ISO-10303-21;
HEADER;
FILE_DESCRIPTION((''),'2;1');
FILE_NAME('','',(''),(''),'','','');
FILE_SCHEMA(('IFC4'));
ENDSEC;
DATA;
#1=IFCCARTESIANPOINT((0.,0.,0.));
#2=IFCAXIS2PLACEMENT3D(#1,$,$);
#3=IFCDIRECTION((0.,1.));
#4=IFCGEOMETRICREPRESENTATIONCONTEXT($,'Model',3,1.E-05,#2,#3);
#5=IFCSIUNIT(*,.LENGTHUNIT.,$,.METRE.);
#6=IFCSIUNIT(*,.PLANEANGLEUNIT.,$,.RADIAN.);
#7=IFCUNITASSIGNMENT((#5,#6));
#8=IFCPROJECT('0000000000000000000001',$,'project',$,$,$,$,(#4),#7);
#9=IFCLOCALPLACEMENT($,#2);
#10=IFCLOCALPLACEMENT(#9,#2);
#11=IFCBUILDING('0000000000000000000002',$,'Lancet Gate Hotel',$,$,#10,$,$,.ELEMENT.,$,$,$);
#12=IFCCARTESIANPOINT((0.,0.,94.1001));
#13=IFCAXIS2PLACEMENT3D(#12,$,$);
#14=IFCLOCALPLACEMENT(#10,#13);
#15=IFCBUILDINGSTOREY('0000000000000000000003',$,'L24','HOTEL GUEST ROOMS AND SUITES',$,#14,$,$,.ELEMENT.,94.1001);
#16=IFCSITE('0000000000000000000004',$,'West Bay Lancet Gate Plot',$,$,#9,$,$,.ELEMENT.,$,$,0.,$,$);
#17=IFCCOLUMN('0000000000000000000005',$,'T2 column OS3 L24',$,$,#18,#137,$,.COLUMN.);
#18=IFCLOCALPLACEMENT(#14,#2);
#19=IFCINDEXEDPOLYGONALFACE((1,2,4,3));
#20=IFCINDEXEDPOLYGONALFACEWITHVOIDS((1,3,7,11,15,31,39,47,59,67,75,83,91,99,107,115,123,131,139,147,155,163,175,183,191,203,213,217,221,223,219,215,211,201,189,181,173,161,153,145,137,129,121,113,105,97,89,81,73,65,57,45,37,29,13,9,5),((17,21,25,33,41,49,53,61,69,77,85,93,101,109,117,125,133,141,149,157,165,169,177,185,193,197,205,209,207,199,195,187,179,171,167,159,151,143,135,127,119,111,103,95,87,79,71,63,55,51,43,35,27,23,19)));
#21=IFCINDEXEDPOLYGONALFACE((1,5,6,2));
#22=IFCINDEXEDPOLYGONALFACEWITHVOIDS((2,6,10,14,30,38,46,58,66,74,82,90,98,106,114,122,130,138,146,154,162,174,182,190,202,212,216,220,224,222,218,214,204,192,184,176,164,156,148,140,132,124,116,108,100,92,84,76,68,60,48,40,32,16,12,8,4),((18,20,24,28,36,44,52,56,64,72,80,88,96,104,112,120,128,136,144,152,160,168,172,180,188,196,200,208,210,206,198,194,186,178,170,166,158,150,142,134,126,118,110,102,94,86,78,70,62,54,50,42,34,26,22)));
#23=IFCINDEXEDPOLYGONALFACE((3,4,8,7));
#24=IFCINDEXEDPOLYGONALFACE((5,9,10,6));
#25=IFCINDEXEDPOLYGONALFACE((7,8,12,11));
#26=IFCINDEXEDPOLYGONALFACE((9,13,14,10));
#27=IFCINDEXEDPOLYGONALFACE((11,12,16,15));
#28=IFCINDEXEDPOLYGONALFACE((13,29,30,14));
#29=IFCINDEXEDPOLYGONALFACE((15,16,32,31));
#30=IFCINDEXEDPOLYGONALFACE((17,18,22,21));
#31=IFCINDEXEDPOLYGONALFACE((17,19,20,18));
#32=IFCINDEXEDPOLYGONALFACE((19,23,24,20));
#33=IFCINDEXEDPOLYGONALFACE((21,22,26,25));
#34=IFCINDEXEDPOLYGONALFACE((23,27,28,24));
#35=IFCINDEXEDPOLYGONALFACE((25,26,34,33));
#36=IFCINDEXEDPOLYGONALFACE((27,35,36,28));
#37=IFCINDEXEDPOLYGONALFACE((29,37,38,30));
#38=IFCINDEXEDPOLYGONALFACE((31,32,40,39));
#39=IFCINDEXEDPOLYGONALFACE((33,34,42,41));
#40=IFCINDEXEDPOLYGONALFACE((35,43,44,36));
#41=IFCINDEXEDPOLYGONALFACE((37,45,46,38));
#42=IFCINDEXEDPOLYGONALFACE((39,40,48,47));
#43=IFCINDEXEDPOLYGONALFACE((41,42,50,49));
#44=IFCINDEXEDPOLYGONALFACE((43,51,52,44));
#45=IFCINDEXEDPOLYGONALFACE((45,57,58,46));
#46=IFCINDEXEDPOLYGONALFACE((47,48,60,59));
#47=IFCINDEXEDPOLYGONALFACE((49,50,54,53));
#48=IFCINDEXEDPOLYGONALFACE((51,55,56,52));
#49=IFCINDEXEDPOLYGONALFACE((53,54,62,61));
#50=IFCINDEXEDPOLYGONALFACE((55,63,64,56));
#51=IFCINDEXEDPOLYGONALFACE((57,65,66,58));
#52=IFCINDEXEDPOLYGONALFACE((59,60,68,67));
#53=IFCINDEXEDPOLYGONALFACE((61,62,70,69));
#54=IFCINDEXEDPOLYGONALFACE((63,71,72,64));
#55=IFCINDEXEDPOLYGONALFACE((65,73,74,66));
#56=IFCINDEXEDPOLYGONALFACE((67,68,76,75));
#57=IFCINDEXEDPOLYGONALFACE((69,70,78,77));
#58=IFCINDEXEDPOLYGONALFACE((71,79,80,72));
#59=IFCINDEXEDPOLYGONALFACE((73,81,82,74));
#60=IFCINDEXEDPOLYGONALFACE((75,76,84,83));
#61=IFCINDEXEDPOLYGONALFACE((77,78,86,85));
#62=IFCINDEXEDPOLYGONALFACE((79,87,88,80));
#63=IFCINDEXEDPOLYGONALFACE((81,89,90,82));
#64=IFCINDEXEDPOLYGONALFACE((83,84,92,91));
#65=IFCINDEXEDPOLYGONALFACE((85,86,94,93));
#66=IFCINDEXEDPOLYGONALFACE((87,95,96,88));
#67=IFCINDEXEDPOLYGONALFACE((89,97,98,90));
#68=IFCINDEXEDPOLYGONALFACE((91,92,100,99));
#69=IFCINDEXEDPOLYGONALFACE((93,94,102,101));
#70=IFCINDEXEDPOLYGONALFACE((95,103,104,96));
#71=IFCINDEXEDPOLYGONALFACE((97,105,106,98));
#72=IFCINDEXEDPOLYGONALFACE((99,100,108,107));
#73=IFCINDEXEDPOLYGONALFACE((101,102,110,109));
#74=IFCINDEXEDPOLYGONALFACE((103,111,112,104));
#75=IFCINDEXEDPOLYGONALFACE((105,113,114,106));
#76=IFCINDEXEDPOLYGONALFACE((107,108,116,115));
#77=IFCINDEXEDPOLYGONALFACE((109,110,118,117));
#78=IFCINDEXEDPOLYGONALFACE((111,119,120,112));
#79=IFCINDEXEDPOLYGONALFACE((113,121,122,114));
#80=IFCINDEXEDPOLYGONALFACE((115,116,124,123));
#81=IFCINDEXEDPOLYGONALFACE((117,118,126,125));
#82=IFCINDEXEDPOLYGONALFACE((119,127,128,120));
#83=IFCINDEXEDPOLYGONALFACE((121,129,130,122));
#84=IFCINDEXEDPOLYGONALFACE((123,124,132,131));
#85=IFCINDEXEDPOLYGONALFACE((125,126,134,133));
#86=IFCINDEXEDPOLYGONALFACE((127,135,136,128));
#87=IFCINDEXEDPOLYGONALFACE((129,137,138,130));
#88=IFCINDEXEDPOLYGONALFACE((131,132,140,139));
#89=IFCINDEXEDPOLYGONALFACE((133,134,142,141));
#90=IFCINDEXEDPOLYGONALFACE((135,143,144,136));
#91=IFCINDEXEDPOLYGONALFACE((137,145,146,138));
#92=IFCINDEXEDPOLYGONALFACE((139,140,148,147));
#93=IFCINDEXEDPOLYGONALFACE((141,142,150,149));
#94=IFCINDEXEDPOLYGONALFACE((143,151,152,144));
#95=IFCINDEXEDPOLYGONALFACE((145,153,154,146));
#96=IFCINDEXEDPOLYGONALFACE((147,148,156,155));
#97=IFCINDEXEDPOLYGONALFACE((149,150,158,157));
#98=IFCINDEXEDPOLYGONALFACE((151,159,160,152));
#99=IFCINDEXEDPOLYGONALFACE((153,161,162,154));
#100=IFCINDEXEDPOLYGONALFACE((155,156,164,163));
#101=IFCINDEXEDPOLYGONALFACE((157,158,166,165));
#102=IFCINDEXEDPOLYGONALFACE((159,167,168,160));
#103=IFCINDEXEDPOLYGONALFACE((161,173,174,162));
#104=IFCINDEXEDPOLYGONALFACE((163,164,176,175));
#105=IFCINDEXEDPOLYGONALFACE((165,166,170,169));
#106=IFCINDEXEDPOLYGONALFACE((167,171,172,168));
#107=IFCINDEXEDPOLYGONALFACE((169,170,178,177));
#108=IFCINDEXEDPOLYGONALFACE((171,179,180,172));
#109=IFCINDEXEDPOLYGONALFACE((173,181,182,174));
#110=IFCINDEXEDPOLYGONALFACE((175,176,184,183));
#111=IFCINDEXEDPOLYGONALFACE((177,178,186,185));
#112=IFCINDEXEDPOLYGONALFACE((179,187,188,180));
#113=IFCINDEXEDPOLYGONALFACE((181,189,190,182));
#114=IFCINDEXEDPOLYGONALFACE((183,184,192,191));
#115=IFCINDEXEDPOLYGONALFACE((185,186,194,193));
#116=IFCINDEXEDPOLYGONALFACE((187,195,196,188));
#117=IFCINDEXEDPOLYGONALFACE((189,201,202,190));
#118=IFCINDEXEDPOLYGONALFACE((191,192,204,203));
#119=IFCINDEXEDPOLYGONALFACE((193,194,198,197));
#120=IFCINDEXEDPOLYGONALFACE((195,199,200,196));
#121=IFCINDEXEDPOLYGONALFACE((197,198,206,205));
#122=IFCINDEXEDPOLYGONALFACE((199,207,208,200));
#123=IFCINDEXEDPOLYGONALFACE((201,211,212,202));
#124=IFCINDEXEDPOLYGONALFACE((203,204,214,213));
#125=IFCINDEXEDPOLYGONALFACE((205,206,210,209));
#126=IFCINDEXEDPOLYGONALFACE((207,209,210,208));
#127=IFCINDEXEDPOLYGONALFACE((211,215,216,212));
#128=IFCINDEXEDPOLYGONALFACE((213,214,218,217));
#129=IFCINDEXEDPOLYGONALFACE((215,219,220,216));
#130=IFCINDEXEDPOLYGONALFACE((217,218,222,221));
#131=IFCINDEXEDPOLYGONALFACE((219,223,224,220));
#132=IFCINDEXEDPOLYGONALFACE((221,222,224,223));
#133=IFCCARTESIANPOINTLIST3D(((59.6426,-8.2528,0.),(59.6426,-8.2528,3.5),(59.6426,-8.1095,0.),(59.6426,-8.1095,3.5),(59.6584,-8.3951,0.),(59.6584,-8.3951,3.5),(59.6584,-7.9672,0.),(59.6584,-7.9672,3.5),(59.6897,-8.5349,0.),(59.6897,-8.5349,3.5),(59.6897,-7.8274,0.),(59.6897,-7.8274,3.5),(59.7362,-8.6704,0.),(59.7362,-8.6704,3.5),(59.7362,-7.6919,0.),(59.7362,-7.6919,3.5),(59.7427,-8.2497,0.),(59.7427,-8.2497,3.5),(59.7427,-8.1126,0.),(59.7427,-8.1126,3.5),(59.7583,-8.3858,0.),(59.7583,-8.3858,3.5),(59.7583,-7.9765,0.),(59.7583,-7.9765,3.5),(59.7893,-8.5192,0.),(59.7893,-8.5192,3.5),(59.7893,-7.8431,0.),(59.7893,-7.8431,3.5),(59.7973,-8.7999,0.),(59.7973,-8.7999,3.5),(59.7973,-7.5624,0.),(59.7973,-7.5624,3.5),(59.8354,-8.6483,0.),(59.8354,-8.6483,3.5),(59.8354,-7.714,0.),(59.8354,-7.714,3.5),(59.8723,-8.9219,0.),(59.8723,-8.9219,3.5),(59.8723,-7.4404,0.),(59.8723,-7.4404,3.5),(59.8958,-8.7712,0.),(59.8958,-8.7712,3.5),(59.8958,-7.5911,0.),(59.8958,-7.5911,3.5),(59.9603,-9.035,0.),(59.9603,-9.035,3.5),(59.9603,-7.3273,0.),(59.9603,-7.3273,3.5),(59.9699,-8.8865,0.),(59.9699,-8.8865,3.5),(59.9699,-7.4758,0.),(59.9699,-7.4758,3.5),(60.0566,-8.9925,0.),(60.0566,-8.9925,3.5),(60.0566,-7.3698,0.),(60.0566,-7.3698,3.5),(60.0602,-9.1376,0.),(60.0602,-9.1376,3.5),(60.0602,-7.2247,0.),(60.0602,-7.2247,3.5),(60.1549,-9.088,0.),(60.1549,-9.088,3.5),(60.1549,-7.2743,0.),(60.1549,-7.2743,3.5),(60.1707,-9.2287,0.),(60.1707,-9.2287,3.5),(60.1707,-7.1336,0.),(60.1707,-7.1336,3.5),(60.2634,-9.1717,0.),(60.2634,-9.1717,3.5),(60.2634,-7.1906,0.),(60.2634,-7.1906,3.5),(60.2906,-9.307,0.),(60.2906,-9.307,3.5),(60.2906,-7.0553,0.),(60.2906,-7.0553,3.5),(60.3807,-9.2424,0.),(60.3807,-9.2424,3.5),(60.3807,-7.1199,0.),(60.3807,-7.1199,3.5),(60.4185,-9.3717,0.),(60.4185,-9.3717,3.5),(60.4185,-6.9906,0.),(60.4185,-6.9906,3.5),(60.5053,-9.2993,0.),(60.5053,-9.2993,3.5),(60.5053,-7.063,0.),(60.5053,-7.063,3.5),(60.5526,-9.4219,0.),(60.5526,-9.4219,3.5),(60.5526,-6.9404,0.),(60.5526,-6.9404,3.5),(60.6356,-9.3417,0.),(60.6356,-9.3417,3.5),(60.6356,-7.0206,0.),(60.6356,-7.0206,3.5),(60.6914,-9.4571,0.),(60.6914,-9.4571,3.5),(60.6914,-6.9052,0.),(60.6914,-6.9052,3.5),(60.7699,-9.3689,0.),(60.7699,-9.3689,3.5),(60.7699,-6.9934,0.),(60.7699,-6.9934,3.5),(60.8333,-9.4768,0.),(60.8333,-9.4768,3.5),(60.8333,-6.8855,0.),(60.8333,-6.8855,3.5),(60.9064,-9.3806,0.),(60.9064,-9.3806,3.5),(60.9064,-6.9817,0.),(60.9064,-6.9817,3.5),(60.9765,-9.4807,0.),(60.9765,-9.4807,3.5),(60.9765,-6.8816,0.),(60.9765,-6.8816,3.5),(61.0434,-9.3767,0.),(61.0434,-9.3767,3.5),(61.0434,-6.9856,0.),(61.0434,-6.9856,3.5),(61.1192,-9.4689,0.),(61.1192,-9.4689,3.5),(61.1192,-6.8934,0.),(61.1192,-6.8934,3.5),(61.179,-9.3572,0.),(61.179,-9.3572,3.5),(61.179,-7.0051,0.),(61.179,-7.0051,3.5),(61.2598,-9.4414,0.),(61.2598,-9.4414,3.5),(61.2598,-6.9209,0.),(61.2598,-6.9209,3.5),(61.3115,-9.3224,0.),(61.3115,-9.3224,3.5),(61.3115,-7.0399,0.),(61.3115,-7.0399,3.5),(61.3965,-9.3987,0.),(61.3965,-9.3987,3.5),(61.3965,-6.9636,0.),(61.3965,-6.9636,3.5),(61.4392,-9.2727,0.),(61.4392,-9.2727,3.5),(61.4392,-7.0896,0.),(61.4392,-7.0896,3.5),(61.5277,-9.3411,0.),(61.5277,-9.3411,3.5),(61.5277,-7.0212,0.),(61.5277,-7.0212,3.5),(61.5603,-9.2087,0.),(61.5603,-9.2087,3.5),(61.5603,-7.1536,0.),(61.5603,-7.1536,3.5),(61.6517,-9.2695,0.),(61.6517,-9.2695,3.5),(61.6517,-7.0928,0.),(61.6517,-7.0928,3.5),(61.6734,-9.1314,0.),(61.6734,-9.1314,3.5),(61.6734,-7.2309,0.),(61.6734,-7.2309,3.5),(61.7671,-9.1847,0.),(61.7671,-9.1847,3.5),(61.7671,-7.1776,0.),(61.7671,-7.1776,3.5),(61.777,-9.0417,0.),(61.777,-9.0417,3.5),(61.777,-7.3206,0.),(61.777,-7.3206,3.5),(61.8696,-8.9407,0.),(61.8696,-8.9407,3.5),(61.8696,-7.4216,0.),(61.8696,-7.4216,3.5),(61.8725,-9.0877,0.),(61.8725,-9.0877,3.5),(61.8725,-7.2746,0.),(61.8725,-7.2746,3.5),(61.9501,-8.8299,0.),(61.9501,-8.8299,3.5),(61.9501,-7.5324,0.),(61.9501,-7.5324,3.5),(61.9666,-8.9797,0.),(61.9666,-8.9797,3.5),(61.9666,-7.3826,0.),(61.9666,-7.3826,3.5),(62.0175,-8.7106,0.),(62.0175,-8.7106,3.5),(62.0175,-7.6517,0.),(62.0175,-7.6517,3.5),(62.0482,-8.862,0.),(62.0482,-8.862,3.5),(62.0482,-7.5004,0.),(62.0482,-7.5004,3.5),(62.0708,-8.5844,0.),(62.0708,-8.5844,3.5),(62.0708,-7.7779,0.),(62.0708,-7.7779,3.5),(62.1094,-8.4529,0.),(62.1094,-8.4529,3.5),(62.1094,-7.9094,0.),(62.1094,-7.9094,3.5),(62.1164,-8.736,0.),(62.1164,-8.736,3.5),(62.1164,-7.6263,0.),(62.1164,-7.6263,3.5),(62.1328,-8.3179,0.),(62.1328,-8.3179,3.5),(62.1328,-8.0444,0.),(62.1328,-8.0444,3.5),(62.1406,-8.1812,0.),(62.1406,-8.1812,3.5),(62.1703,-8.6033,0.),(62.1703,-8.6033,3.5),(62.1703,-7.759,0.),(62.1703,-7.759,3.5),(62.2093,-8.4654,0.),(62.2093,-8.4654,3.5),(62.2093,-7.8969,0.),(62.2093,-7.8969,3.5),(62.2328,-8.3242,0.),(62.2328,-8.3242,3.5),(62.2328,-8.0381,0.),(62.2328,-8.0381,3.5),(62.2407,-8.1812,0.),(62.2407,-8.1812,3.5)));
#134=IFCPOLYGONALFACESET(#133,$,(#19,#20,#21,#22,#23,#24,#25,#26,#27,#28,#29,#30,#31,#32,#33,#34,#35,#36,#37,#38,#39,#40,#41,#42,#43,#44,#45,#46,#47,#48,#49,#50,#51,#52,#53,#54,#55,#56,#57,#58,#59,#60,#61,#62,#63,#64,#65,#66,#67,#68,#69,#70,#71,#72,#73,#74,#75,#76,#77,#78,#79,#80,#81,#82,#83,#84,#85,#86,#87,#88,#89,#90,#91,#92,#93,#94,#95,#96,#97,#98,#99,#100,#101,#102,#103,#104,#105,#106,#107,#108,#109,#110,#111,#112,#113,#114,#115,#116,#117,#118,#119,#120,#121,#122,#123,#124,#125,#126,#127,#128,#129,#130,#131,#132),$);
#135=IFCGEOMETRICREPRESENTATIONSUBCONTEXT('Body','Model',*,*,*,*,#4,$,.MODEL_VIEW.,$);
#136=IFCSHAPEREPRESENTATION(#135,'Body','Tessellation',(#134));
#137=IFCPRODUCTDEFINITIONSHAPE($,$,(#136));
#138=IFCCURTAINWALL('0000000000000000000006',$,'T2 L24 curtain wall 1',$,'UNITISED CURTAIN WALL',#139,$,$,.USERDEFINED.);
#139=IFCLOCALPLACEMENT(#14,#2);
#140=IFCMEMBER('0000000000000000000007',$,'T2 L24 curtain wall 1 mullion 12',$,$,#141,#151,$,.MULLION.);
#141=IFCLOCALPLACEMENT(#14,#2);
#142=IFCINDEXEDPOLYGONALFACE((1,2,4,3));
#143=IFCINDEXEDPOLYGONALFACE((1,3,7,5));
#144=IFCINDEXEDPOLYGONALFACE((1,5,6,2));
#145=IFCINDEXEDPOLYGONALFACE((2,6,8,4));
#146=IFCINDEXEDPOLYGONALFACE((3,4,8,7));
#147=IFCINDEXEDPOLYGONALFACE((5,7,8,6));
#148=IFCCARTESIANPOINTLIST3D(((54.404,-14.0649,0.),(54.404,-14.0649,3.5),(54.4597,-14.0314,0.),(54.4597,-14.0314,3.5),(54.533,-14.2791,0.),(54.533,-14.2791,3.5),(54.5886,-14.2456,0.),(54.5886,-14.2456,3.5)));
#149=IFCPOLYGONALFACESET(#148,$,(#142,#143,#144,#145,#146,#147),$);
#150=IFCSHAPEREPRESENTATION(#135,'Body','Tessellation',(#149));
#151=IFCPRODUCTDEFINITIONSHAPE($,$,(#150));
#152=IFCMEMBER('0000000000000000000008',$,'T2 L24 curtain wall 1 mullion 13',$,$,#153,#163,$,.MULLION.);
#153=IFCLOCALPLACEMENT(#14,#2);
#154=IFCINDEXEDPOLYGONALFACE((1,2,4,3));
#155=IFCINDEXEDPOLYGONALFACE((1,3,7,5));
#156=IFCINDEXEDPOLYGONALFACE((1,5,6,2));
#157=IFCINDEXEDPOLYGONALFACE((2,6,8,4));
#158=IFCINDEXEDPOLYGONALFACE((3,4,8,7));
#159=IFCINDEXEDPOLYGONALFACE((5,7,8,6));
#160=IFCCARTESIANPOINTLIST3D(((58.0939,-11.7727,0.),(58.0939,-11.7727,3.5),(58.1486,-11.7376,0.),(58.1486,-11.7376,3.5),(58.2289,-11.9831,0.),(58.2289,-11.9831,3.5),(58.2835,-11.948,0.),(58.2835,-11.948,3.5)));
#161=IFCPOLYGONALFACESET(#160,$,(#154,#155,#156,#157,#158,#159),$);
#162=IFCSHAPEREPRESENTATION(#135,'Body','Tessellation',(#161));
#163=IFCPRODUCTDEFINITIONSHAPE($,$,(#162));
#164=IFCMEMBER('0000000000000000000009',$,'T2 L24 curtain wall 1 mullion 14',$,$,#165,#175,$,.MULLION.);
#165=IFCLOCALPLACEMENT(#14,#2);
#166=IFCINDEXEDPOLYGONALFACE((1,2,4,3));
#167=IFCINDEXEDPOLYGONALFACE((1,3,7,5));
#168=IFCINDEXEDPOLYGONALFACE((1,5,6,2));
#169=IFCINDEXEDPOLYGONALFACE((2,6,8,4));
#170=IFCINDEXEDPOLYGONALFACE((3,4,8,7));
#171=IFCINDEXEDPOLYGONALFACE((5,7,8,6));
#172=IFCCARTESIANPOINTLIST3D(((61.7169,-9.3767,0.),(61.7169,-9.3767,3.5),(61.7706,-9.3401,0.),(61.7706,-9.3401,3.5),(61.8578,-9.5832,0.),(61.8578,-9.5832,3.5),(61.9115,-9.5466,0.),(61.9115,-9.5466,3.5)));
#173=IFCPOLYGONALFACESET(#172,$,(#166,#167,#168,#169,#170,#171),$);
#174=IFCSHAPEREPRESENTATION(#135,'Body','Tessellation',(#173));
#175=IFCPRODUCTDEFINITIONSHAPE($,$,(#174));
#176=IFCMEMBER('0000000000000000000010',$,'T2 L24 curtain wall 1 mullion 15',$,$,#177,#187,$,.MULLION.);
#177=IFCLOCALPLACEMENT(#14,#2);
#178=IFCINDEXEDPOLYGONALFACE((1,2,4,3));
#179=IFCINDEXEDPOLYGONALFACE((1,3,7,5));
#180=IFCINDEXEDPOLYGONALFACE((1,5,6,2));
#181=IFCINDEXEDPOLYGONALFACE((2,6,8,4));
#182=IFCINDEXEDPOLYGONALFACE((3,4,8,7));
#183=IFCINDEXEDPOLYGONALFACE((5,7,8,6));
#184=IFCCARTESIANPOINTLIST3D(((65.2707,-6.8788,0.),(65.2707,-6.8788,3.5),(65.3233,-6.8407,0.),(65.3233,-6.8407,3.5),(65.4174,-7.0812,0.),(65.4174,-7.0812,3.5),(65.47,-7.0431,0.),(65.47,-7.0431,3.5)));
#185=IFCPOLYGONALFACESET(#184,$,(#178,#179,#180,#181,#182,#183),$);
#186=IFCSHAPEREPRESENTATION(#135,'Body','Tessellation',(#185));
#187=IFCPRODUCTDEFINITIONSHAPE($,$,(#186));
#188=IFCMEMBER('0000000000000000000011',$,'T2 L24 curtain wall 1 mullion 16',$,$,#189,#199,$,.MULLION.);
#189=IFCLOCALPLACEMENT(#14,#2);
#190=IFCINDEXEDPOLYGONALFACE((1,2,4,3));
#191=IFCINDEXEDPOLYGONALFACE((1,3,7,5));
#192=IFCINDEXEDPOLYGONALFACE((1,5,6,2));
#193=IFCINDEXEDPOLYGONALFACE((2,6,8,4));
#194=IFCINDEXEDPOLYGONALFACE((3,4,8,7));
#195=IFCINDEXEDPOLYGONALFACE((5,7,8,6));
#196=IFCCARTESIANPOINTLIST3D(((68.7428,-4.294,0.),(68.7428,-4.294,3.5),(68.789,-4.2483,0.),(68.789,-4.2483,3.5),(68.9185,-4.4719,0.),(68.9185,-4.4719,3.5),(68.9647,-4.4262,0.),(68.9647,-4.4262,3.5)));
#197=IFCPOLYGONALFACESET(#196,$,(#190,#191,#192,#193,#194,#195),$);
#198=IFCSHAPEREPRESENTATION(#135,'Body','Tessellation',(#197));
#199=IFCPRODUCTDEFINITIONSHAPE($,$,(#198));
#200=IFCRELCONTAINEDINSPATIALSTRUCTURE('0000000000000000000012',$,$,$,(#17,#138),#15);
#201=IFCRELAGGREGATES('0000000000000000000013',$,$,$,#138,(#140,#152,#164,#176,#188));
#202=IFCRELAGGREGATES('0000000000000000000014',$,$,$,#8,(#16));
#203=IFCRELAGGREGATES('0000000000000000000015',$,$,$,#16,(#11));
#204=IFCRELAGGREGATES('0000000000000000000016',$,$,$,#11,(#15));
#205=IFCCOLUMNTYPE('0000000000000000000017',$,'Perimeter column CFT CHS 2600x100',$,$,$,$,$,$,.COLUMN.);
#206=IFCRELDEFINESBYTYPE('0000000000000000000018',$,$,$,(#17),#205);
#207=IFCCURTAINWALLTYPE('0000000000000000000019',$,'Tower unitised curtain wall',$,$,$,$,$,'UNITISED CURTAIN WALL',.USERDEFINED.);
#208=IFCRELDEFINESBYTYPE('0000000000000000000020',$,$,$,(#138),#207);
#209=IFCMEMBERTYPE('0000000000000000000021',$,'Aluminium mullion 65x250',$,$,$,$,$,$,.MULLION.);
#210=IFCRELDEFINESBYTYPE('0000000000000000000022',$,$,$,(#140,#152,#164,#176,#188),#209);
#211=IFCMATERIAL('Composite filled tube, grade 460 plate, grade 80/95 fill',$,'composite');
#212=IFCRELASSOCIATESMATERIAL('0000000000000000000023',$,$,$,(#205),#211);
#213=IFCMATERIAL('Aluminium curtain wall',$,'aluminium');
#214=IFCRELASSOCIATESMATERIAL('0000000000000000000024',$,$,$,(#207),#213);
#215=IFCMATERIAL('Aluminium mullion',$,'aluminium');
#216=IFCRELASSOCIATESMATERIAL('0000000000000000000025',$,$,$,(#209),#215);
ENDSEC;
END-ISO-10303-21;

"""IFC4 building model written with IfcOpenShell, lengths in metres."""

from ifc_helpers import new_model, si_unit, direction, frame, origin, origin_2d, place, context, subcontext, project, spatial, rectangle, hollow_circle, extrude, material, material_profile, profile_set, type_object, element, aggregate, save


model = new_model("IFC4")

# Units and contexts
model_context = context("Model", 3, precision=1e-05, world=origin(), true_north=direction((0.0, 1.0)))
body_context = subcontext(model_context, "Body", "Model", "MODEL_VIEW")
ifc_project = project(units=[si_unit("LENGTHUNIT", "METRE"), si_unit("PLANEANGLEUNIT", "RADIAN")], contexts=[model_context])

# Site, building, storey
site_placement = place(None, origin())
site = spatial("IfcSite", under=ifc_project, at=site_placement, Name="West Bay Lancet Gate Plot", CompositionType="ELEMENT", RefElevation=0.0)
building_placement = place(site_placement, origin())
building = spatial("IfcBuilding", under=site, at=building_placement, Name="Lancet Gate Hotel", CompositionType="ELEMENT")
storey_placement = place(building_placement, frame((0.0, 0.0, 94.1001)))
storey = spatial("IfcBuildingStorey", under=building, at=storey_placement, Name="L24", Description="HOTEL GUEST ROOMS AND SUITES", CompositionType="ELEMENT", Elevation=94.1001)

# Column
ifc_material_1 = material(Name="Composite filled tube, grade 460 plate, grade 80/95 fill", Category="composite")
ifc_material_profile_1 = material_profile(ifc_material_1, hollow_circle(Radius=1.3, WallThickness=0.1001, at=origin_2d()), Name="CHS 2600x100")
ifc_profile_set_1 = profile_set([ifc_material_profile_1], Name="Composite filled tube, grade 460 plate, grade 80/95 fill")
column_type = type_object("IfcColumnType", Name="Perimeter column CFT CHS 2600x100", PredefinedType="COLUMN", material=ifc_profile_set_1)
column_placement = place(storey_placement, frame((60.9407, -8.1812, 0.0), z_axis=(0.0, 0.0, 1.0), x_axis=(1.0, 0.0, 0.0)))
element("IfcColumn", 1, at=column_placement, inside=storey, type_object=column_type, Name="T2 column OS3 L24", PredefinedType="COLUMN", context=body_context, shape_type="SweptSolid", body=[
    extrude(hollow_circle(Radius=1.3, WallThickness=0.1001, at=origin_2d()), origin(), (0.0, 0.0, 1.0), 3.5),
])

# Curtain wall, members
ifc_material_2 = material(Name="Aluminium curtain wall", Category="aluminium")
curtain_wall_type = type_object("IfcCurtainWallType", Name="Tower unitised curtain wall", ElementType="UNITISED CURTAIN WALL", PredefinedType="USERDEFINED", material=ifc_material_2)
curtain_wall_placement = place(storey_placement, origin())
curtain_wall = element("IfcCurtainWall", 2, at=curtain_wall_placement, inside=storey, type_object=curtain_wall_type, Name="T2 L24 curtain wall 1", ObjectType="UNITISED CURTAIN WALL", PredefinedType="USERDEFINED")
ifc_material_3 = material(Name="Aluminium mullion", Category="aluminium")
ifc_material_profile_2 = material_profile(ifc_material_3, rectangle(XDim=0.0649, YDim=0.25, at=origin_2d()), Name="MULLION 65x250")
ifc_profile_set_2 = profile_set([ifc_material_profile_2], Name="Aluminium mullion")
member_type_1 = type_object("IfcMemberType", Name="Aluminium mullion 65x250", PredefinedType="MULLION", material=ifc_profile_set_2)
member_1_placement = place(storey_placement, frame((54.4963, -14.1553, 0.0), z_axis=(0.0, 0.0, 1.0), x_axis=(0.856728, 0.515768, 0.0)))
member_1 = element("IfcMember", 3, at=member_1_placement, type_object=member_type_1, Name="T2 L24 curtain wall 1 mullion 12", PredefinedType="MULLION", context=body_context, shape_type="SweptSolid", body=[
    extrude(rectangle(XDim=0.0649, YDim=0.25, at=origin_2d()), origin(), (0.0, 0.0, 1.0), 3.5),
])
member_2_placement = place(storey_placement, frame((58.1887, -11.8604, 0.0), z_axis=(0.0, 0.0, 1.0), x_axis=(0.841736, 0.539889, 0.0)))
member_2 = element("IfcMember", 4, at=member_2_placement, type_object=member_type_1, Name="T2 L24 curtain wall 1 mullion 13", PredefinedType="MULLION", context=body_context, shape_type="SweptSolid", body=[
    extrude(rectangle(XDim=0.0649, YDim=0.25, at=origin_2d()), origin(), (0.0, 0.0, 1.0), 3.5),
])
member_3_placement = place(storey_placement, frame((61.8142, -9.4617, 0.0), z_axis=(0.0, 0.0, 1.0), x_axis=(0.826066, 0.563574, 0.0)))
member_3 = element("IfcMember", 5, at=member_3_placement, type_object=member_type_1, Name="T2 L24 curtain wall 1 mullion 14", PredefinedType="MULLION", context=body_context, shape_type="SweptSolid", body=[
    extrude(rectangle(XDim=0.0649, YDim=0.25, at=origin_2d()), origin(), (0.0, 0.0, 1.0), 3.5),
])
member_4_placement = place(storey_placement, frame((65.3704, -6.9609, 0.0), z_axis=(0.0, 0.0, 1.0), x_axis=(0.809729, 0.586805, 0.0)))
member_4 = element("IfcMember", 6, at=member_4_placement, type_object=member_type_1, Name="T2 L24 curtain wall 1 mullion 15", PredefinedType="MULLION", context=body_context, shape_type="SweptSolid", body=[
    extrude(rectangle(XDim=0.0649, YDim=0.25, at=origin_2d()), origin(), (0.0, 0.0, 1.0), 3.5),
])
member_5_placement = place(storey_placement, frame((68.8538, -4.3601, 0.0), z_axis=(0.0, 0.0, 1.0), x_axis=(0.71161, 0.702574, 0.0)))
member_5 = element("IfcMember", 7, at=member_5_placement, type_object=member_type_1, Name="T2 L24 curtain wall 1 mullion 16", PredefinedType="MULLION", context=body_context, shape_type="SweptSolid", body=[
    extrude(rectangle(XDim=0.0649, YDim=0.25, at=origin_2d()), origin(), (0.0, 0.0, 1.0), 3.5),
])

aggregate(curtain_wall, [member_1, member_2, member_3, member_4, member_5])

save(model, "model.ifc")
